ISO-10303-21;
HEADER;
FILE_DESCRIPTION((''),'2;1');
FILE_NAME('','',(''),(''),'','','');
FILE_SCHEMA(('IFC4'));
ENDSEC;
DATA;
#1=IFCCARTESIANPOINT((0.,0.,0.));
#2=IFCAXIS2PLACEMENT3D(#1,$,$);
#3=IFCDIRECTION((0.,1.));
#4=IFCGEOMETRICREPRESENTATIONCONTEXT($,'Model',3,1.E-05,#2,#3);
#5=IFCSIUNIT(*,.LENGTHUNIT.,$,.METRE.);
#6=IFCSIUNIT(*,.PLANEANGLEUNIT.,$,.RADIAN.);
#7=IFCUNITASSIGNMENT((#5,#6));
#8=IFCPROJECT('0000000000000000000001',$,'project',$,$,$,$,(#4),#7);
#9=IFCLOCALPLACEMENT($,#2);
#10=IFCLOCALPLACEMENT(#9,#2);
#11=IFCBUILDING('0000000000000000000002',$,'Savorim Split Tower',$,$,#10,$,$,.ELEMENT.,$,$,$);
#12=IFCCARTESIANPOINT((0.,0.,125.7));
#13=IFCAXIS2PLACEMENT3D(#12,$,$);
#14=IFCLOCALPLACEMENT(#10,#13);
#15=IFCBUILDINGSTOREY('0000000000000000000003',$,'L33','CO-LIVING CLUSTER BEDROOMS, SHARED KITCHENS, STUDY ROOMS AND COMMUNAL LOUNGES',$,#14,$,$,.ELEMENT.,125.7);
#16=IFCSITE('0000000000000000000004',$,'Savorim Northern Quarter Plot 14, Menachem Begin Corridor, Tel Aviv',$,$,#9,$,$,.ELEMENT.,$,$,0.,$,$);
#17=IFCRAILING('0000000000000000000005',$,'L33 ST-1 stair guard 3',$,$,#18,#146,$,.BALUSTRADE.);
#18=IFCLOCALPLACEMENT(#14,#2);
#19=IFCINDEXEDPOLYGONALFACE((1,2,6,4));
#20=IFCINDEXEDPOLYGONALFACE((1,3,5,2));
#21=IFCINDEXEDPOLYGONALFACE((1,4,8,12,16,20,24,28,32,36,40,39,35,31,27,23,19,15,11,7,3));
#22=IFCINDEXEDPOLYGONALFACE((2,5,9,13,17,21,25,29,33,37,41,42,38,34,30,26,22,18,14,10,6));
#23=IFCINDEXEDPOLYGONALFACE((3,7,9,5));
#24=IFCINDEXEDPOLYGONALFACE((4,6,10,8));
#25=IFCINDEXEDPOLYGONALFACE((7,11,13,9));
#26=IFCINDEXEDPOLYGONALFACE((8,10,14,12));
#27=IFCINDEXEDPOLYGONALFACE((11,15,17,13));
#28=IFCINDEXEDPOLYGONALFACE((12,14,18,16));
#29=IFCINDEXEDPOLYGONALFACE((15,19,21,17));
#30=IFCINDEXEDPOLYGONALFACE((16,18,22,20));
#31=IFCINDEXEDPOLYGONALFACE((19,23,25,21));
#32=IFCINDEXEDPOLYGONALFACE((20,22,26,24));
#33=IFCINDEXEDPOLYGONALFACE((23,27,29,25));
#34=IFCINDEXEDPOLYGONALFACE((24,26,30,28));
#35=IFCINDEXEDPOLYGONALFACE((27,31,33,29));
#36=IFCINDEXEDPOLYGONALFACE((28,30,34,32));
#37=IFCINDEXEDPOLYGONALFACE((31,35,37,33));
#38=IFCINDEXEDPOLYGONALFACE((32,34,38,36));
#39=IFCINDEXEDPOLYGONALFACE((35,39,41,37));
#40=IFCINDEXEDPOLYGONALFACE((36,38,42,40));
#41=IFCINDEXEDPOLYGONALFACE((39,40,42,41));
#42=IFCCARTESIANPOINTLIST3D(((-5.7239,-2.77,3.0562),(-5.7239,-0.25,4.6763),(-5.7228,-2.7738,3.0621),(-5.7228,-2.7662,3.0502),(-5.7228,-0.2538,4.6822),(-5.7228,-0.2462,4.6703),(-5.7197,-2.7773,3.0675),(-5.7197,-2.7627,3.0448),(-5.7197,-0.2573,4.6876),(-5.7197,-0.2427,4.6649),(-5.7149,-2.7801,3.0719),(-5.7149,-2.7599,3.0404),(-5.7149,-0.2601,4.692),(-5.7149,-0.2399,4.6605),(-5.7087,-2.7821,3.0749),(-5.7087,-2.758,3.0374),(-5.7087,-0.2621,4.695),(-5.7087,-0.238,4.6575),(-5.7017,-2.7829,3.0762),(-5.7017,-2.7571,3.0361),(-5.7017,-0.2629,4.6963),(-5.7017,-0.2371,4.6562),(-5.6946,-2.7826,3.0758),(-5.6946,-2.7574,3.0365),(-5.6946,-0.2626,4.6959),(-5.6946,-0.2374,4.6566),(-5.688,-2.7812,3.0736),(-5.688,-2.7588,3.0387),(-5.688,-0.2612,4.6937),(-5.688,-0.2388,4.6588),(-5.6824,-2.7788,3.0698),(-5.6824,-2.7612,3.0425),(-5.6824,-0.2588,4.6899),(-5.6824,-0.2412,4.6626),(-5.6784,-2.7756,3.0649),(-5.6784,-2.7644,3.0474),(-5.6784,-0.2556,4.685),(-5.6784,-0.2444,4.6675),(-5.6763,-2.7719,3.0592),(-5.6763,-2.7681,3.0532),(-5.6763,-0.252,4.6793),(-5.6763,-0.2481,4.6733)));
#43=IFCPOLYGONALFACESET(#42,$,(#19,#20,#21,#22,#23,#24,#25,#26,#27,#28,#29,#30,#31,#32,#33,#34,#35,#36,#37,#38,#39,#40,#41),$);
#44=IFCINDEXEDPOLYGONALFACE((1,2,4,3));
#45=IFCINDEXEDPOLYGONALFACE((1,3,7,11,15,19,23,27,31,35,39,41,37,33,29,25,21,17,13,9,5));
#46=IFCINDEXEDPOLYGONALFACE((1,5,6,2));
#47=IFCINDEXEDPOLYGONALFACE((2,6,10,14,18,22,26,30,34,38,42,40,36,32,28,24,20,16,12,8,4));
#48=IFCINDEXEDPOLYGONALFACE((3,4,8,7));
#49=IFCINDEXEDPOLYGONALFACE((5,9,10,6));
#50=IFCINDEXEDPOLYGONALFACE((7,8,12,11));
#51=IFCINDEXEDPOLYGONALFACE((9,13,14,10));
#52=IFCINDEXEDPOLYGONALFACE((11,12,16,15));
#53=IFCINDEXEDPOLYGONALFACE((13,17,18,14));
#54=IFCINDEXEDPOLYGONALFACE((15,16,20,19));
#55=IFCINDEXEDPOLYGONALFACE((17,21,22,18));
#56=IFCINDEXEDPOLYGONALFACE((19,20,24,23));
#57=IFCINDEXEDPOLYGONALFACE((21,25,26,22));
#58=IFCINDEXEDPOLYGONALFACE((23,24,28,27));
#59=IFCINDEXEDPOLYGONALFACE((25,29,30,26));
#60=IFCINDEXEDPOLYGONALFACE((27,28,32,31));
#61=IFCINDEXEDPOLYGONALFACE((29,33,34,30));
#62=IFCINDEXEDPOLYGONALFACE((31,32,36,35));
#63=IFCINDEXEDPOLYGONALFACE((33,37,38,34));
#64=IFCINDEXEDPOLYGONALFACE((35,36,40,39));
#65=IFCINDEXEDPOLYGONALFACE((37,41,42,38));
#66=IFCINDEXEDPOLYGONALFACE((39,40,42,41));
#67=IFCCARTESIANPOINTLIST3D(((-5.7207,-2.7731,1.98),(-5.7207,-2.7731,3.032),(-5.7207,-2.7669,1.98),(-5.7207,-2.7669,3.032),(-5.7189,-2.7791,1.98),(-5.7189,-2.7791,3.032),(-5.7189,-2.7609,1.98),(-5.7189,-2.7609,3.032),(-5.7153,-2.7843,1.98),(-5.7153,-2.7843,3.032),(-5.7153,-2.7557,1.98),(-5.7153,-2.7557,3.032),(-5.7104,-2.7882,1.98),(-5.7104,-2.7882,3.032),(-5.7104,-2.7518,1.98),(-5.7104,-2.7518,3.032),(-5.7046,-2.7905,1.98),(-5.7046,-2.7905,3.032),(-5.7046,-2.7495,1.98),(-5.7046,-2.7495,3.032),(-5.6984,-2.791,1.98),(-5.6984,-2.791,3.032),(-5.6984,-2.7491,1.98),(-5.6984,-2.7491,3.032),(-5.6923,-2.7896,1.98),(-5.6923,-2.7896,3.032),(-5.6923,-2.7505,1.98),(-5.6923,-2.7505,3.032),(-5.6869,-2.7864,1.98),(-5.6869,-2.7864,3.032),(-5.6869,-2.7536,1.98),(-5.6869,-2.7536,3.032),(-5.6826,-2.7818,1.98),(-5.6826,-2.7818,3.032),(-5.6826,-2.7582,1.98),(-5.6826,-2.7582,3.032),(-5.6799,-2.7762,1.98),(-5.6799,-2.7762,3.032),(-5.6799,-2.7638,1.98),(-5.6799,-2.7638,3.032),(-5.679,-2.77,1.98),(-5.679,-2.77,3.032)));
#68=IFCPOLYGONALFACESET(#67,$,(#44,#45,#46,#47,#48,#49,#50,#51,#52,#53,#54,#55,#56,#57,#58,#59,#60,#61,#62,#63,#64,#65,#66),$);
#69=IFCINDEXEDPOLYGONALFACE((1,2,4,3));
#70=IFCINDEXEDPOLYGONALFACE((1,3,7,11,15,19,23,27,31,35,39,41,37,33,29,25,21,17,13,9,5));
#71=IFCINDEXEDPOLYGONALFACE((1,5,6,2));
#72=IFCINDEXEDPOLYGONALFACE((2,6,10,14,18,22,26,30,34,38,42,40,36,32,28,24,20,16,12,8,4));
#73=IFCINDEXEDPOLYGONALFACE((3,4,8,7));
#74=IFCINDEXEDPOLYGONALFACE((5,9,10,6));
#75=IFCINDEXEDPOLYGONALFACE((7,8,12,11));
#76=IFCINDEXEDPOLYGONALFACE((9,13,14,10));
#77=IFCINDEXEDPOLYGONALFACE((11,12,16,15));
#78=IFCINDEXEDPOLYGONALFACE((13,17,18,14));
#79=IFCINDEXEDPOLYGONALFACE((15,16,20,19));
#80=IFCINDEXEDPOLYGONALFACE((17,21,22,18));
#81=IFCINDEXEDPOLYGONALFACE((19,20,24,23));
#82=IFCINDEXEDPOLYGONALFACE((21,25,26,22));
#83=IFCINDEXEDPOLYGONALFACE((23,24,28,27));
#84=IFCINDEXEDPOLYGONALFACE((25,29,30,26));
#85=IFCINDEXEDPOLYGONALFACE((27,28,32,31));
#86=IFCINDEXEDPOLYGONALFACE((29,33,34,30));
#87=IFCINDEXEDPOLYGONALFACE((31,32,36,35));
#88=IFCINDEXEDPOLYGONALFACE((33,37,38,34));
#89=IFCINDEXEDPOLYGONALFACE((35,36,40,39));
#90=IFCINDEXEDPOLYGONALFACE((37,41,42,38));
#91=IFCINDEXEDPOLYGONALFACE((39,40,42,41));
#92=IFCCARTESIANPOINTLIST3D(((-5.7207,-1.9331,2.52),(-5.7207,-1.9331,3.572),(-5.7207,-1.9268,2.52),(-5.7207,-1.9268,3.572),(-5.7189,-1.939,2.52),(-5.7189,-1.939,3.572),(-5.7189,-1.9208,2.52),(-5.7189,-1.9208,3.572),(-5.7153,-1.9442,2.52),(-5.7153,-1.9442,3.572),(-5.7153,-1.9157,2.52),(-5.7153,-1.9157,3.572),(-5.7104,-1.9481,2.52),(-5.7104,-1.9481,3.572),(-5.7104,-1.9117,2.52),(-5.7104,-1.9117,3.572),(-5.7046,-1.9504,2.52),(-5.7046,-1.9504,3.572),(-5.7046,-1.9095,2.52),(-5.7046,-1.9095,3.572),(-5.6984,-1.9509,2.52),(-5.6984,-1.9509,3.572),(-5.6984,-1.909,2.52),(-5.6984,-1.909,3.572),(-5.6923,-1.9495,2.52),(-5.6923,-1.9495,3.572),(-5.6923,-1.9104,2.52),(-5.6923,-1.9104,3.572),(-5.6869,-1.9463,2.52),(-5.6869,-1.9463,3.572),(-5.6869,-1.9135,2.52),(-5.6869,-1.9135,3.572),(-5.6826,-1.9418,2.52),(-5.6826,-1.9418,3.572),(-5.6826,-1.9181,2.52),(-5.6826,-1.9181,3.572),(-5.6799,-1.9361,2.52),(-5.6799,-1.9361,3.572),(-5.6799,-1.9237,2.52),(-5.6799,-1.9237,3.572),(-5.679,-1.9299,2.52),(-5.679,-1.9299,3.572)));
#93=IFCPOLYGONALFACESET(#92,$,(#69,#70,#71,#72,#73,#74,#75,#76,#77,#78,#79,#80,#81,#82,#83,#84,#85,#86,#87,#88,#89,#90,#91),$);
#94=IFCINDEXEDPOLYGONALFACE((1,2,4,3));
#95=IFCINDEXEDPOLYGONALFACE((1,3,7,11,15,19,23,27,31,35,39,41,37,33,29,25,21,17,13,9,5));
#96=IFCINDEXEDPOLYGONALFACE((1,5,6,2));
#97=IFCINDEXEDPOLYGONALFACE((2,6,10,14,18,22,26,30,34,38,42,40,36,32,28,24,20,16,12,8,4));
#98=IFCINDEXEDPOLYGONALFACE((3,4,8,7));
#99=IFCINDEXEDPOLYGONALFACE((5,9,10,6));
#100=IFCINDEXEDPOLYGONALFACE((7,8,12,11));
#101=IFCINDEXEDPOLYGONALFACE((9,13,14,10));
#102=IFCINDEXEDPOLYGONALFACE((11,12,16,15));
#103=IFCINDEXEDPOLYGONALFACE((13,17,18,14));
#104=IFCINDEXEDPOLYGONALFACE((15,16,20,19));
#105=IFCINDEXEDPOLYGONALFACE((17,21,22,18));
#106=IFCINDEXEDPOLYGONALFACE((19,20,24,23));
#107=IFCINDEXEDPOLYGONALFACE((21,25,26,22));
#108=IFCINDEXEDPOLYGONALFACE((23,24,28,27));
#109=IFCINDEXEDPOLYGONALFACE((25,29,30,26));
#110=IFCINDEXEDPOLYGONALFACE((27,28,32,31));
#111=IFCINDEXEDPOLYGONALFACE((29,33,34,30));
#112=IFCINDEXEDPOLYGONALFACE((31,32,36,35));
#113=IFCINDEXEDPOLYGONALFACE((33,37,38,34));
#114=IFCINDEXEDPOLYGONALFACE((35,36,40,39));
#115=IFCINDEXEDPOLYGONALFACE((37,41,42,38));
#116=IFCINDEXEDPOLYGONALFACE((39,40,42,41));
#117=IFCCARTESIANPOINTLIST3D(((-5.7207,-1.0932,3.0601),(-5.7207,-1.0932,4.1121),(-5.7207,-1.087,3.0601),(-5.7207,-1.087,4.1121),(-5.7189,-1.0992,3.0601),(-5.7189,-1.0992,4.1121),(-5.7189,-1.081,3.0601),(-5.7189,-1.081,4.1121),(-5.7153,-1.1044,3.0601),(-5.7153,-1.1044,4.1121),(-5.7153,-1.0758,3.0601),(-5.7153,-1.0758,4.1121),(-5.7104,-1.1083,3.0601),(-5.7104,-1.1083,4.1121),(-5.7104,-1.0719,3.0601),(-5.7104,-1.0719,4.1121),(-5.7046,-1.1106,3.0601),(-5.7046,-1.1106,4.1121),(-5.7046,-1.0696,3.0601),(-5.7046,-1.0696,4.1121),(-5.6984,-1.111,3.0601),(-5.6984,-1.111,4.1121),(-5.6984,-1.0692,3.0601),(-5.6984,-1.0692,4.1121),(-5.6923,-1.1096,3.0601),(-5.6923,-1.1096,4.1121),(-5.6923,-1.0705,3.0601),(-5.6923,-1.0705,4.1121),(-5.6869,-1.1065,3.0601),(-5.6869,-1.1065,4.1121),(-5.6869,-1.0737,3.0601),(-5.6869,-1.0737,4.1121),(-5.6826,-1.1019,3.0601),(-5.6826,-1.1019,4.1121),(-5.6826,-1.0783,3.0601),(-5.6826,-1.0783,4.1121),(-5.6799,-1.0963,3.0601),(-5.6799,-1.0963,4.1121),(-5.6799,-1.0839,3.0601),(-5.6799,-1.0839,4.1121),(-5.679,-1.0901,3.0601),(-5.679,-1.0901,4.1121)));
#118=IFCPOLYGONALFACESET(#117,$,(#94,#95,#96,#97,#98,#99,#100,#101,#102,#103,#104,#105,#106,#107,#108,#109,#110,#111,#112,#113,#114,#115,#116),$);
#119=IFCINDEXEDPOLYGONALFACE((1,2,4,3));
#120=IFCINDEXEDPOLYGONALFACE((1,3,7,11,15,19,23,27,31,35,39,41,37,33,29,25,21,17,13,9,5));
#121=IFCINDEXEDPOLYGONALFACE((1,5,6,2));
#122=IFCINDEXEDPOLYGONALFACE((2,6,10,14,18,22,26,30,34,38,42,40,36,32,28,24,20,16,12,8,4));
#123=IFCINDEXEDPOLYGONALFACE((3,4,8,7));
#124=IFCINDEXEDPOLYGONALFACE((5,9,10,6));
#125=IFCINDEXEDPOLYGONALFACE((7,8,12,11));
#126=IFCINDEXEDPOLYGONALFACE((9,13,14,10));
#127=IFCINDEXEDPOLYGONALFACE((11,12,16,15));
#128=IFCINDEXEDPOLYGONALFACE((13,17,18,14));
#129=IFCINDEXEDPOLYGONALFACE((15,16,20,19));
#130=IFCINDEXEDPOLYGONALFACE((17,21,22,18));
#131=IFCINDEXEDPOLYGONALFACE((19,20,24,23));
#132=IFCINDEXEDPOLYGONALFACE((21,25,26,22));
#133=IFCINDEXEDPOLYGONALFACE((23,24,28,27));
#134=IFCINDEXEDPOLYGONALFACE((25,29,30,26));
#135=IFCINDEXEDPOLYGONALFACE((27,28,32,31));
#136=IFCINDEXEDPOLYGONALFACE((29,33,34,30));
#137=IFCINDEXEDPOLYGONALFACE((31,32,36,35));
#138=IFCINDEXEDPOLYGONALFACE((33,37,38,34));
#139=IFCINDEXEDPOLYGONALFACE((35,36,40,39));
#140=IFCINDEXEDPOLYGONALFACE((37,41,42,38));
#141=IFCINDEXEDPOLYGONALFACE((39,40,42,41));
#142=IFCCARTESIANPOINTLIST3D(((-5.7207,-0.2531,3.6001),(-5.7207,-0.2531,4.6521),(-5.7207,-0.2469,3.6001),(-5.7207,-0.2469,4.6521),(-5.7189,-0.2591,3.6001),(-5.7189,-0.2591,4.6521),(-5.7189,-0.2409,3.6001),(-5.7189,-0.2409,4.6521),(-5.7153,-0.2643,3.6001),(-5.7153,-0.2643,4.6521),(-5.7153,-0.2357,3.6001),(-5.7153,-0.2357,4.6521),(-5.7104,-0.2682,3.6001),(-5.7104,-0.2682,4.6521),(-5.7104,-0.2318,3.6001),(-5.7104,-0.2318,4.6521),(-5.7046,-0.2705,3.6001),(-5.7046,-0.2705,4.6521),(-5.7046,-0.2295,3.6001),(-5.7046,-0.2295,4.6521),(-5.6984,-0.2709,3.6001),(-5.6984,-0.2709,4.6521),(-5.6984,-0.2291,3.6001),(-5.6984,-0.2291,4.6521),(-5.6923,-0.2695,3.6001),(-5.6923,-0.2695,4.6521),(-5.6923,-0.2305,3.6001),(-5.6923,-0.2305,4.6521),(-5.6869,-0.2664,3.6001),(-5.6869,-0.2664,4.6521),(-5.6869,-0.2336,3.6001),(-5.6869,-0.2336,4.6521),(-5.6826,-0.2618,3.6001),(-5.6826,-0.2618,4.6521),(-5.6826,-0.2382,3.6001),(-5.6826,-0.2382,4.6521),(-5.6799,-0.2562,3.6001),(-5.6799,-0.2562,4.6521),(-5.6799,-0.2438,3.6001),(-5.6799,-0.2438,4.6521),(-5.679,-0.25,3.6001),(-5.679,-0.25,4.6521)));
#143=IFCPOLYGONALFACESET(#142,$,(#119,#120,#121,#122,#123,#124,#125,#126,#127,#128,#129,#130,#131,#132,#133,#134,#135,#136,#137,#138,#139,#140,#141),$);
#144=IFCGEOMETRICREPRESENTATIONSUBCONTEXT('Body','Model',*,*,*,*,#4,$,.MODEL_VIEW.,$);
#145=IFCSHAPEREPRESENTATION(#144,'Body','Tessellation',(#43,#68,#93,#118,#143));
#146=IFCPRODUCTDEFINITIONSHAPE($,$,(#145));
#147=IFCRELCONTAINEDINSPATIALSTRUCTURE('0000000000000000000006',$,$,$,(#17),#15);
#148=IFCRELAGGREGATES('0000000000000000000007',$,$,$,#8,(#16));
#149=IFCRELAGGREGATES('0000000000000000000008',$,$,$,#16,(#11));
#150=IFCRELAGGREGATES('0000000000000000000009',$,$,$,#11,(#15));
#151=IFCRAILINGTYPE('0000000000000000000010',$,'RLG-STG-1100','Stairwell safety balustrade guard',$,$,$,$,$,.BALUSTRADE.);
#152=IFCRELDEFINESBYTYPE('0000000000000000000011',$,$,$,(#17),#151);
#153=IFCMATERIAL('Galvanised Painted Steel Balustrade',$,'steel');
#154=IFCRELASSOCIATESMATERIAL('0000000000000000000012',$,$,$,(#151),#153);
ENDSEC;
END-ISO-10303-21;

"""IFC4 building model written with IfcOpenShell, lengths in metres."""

from ifc_helpers import new_model, si_unit, direction, frame, origin, origin_2d, place, context, subcontext, project, spatial, circle, extrude, material, type_object, element, save


model = new_model("IFC4")

# Units and contexts
model_context = context("Model", 3, precision=1e-05, world=origin(), true_north=direction((0.0, 1.0)))
body_context = subcontext(model_context, "Body", "Model", "MODEL_VIEW")
ifc_project = project(units=[si_unit("LENGTHUNIT", "METRE"), si_unit("PLANEANGLEUNIT", "RADIAN")], contexts=[model_context])

# Site, building, storey
site_placement = place(None, origin())
site = spatial("IfcSite", under=ifc_project, at=site_placement, Name="Savorim Northern Quarter Plot 14, Menachem Begin Corridor, Tel Aviv", CompositionType="ELEMENT", RefElevation=0.0)
building_placement = place(site_placement, origin())
building = spatial("IfcBuilding", under=site, at=building_placement, Name="Savorim Split Tower", CompositionType="ELEMENT")
storey_placement = place(building_placement, frame((0.0, 0.0, 125.7)))
storey = spatial("IfcBuildingStorey", under=building, at=storey_placement, Name="L33", Description="CO-LIVING CLUSTER BEDROOMS, SHARED KITCHENS, STUDY ROOMS AND COMMUNAL LOUNGES", CompositionType="ELEMENT", Elevation=125.7)

# Railing
ifc_material_1 = material(Name="Galvanised Painted Steel Balustrade", Category="steel")
railing_type_1 = type_object("IfcRailingType", Name="RLG-STG-1100", Description="Stairwell safety balustrade guard", PredefinedType="BALUSTRADE", material=ifc_material_1)
railing_1_placement = place(storey_placement, frame((-5.7, -2.77, 1.98)))
element("IfcRailing", 1, at=railing_1_placement, inside=storey, type_object=railing_type_1, Name="L33 ST-1 stair guard 3", PredefinedType="BALUSTRADE", context=body_context, shape_type="SweptSolid", body=[
    extrude(circle(Radius=0.0239, at=origin_2d()), frame((0.0, 0.0, 1.0762), z_axis=(0.0, 0.841163, 0.540782), x_axis=(-1.0, 0.0, 0.0)), (0.0, 0.0, 1.0), 2.9958),
    extrude(circle(Radius=0.021, at=origin_2d()), origin(), (0.0, 0.0, 1.0), 1.052),
    extrude(circle(Radius=0.021, at=origin_2d()), frame((0.0, 0.8401, 0.54)), (0.0, 0.0, 1.0), 1.052),
    extrude(circle(Radius=0.021, at=origin_2d()), frame((0.0, 1.6799, 1.0801)), (0.0, 0.0, 1.0), 1.052),
    extrude(circle(Radius=0.021, at=origin_2d()), frame((0.0, 2.52, 1.6201)), (0.0, 0.0, 1.0), 1.052),
])

save(model, "model.ifc")
